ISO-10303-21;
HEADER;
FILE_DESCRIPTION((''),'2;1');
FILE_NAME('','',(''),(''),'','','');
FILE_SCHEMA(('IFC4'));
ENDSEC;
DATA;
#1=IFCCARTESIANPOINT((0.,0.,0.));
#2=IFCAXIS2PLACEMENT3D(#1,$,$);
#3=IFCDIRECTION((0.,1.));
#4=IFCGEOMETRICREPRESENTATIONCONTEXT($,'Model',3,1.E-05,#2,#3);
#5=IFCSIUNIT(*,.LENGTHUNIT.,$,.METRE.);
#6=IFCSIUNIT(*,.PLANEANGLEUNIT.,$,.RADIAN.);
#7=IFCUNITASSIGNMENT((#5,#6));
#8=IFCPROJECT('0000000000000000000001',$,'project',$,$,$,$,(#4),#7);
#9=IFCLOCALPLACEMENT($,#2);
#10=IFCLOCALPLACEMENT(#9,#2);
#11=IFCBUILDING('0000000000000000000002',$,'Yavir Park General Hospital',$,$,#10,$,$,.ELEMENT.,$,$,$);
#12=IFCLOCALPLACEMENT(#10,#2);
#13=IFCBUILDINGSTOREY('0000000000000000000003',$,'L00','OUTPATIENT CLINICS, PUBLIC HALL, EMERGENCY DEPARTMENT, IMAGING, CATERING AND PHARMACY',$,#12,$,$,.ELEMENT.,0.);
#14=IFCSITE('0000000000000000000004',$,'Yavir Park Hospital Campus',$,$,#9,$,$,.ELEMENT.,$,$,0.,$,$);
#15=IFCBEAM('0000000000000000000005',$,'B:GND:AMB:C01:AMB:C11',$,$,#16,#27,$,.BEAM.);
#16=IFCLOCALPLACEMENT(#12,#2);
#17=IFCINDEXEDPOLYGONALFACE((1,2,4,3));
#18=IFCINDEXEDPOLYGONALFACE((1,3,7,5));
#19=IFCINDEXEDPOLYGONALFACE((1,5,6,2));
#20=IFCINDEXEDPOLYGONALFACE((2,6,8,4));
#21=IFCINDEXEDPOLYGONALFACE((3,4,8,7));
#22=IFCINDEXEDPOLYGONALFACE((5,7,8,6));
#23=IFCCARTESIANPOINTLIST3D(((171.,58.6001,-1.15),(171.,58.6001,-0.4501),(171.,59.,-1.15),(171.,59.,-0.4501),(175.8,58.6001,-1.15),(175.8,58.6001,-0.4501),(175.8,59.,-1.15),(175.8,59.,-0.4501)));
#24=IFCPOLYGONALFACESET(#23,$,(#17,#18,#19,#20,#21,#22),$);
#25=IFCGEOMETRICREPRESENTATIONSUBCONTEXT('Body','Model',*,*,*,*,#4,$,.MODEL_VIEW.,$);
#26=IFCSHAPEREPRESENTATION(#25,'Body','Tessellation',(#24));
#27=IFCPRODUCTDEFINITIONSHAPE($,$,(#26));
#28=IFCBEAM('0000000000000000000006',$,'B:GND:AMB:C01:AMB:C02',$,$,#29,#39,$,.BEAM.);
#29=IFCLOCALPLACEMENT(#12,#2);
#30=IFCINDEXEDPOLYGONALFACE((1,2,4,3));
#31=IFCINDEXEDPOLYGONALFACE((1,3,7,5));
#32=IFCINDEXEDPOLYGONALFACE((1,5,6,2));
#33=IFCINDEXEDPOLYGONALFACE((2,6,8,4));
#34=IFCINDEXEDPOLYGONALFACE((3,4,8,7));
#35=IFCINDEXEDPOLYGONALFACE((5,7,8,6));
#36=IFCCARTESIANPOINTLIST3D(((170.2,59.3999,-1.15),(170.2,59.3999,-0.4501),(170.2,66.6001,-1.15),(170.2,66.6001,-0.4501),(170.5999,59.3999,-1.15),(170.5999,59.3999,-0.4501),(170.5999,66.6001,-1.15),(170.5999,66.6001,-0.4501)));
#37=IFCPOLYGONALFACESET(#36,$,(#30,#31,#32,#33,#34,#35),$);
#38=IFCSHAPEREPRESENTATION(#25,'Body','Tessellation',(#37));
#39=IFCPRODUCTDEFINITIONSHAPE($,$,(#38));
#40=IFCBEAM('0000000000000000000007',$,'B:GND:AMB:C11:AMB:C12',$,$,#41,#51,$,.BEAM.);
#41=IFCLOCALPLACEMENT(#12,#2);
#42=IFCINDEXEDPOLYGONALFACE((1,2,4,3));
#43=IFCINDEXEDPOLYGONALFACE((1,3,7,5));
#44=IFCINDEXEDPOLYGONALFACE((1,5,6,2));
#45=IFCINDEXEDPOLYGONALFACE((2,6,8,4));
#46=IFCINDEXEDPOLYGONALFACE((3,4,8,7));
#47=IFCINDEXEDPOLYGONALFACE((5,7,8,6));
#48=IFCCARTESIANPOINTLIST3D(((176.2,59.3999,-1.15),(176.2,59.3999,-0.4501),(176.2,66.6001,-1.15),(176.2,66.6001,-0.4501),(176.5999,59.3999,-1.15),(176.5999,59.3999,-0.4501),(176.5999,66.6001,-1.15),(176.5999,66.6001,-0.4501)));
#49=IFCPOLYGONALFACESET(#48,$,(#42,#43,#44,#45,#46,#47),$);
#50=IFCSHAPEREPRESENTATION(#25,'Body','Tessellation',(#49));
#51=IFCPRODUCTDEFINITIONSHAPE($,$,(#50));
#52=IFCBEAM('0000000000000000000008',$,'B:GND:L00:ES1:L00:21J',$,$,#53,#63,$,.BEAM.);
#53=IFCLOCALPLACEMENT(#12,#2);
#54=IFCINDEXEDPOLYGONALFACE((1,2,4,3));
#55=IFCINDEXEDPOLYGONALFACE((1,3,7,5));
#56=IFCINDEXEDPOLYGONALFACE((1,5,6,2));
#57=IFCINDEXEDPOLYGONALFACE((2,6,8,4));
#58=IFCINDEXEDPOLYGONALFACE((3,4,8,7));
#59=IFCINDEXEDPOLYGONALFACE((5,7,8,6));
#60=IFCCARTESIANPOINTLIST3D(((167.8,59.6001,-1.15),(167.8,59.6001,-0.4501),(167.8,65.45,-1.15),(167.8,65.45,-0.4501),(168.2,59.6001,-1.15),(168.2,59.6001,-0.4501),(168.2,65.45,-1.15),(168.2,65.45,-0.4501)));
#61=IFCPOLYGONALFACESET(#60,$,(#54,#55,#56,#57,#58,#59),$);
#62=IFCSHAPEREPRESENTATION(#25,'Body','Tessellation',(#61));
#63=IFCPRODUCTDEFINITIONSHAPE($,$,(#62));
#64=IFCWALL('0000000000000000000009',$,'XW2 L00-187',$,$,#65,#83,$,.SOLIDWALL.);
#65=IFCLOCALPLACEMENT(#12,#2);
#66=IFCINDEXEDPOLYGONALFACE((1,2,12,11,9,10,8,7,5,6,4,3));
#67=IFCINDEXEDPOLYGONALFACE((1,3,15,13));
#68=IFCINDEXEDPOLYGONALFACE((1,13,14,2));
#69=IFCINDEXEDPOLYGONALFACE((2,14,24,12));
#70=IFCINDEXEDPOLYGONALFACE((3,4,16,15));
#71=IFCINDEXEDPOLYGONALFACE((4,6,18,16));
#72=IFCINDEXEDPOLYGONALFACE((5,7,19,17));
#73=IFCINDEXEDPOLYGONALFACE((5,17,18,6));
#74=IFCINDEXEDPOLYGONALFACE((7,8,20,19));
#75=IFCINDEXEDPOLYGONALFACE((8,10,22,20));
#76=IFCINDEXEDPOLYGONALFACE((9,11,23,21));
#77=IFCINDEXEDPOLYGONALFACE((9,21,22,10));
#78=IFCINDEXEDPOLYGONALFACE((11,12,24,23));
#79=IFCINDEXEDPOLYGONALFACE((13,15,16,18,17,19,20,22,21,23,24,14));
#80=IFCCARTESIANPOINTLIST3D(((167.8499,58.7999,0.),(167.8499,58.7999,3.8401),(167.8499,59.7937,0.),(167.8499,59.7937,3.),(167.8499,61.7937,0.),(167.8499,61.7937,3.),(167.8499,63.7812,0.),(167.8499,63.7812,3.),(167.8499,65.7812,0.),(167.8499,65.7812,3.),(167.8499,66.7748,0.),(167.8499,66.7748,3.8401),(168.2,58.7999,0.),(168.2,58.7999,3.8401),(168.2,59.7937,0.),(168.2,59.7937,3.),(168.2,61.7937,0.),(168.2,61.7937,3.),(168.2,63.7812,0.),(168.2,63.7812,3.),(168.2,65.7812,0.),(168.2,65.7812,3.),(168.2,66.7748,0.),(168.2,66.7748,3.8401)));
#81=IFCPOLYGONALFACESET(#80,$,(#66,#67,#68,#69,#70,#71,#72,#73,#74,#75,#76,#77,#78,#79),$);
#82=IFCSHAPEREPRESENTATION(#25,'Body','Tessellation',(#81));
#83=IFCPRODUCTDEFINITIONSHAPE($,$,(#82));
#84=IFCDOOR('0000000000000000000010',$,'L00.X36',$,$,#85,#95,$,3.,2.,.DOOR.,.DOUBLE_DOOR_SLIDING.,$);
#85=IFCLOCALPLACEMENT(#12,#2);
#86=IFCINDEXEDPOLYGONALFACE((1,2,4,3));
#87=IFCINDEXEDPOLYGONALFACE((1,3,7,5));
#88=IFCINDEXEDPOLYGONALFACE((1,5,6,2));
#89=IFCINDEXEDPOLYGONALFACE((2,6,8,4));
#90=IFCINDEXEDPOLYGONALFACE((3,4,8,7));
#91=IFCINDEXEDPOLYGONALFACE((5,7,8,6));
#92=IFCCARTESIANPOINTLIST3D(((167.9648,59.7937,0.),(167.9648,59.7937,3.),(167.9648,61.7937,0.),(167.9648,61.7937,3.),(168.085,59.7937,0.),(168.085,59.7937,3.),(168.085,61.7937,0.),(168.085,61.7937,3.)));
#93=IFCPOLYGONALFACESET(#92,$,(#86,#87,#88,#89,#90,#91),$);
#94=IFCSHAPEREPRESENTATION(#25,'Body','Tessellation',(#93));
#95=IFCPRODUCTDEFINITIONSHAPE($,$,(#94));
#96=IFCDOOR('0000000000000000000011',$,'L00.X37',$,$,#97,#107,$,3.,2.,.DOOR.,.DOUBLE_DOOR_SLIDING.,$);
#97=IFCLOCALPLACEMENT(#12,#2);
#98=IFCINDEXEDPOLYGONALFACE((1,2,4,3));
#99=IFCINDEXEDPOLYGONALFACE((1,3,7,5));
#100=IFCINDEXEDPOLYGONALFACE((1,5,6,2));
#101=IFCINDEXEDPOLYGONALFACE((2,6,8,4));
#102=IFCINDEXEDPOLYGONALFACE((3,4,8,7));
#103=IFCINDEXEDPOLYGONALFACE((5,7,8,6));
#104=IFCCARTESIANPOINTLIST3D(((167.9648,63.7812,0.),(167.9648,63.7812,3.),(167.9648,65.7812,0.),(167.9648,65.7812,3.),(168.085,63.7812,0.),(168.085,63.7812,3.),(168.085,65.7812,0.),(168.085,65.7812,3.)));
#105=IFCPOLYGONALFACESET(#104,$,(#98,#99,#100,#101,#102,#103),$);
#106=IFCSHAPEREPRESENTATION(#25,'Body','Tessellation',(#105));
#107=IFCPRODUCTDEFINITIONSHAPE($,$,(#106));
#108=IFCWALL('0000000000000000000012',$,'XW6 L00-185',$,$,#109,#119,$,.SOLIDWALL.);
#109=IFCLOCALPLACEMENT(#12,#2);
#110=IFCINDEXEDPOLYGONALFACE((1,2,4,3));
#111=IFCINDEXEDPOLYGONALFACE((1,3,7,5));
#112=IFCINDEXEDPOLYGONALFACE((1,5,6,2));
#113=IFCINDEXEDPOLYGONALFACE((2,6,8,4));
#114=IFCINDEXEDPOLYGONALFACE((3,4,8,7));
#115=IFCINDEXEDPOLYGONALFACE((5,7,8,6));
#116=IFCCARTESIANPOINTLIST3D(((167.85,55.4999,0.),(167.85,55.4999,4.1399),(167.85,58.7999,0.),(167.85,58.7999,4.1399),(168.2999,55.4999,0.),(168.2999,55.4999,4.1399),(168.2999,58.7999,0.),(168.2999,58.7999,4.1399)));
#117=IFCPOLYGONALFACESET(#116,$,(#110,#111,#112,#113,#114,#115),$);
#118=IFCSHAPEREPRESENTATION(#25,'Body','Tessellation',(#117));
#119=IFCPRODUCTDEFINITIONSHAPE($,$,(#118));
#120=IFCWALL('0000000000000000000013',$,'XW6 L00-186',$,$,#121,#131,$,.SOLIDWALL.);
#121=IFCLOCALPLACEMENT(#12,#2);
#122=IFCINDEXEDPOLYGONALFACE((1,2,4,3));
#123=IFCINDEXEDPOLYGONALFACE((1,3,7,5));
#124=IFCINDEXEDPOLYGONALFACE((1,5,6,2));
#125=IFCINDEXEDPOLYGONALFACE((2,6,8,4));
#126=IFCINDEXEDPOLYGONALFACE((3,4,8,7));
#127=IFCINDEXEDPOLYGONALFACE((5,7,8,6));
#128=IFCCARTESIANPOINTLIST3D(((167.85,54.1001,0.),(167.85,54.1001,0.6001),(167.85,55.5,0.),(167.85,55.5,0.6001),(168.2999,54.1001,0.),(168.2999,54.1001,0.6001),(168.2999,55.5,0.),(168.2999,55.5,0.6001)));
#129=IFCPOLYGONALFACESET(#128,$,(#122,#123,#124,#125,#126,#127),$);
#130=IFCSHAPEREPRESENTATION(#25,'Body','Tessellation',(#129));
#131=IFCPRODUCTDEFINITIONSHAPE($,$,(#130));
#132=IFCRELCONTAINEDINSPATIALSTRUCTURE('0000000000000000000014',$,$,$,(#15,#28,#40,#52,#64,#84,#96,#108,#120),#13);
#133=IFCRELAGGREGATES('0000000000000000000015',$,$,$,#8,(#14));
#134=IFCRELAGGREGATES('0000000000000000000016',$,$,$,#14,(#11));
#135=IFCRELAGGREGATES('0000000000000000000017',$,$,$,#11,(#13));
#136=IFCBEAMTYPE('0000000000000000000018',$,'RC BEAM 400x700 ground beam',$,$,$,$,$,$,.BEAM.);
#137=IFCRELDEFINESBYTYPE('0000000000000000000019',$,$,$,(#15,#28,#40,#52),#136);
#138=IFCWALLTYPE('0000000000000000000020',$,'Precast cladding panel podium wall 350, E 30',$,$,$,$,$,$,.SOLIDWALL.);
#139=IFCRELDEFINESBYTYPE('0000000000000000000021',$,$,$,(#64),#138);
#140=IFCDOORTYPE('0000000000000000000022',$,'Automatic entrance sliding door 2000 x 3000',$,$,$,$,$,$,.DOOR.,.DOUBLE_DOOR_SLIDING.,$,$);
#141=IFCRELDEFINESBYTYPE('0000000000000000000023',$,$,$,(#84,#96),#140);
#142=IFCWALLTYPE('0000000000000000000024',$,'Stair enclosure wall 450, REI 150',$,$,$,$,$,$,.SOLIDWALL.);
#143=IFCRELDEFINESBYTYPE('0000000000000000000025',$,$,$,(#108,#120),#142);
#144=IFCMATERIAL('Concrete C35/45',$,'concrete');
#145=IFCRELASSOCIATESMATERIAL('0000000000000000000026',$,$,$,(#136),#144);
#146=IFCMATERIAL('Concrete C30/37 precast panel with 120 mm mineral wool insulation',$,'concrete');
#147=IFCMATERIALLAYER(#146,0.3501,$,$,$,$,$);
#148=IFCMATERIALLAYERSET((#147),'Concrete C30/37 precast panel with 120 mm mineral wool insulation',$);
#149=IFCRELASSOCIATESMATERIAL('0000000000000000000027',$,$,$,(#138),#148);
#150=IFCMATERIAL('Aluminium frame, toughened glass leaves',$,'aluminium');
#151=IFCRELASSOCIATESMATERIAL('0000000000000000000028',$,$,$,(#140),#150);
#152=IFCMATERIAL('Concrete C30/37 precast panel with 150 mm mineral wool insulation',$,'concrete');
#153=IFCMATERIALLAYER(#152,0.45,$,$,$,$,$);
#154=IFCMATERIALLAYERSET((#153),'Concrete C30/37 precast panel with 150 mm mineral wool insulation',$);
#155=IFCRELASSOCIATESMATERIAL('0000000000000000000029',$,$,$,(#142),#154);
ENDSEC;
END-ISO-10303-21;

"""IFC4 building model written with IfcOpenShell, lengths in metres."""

from ifc_helpers import new_model, si_unit, direction, frame, frame_2d, origin, origin_2d, place, context, subcontext, project, spatial, rectangle, extrude, material, layer, layer_set, material_profile, profile_set, type_object, element, fill, save


model = new_model("IFC4")

# Units and contexts
model_context = context("Model", 3, precision=1e-05, world=origin(), true_north=direction((0.0, 1.0)))
body_context = subcontext(model_context, "Body", "Model", "MODEL_VIEW")
ifc_project = project(units=[si_unit("LENGTHUNIT", "METRE"), si_unit("PLANEANGLEUNIT", "RADIAN")], contexts=[model_context])

# Site, building, storey
site_placement = place(None, origin())
site = spatial("IfcSite", under=ifc_project, at=site_placement, Name="Yavir Park Hospital Campus", CompositionType="ELEMENT", RefElevation=0.0)
building_placement = place(site_placement, origin())
building = spatial("IfcBuilding", under=site, at=building_placement, Name="Yavir Park General Hospital", CompositionType="ELEMENT")
storey_placement = place(building_placement, origin())
storey = spatial("IfcBuildingStorey", under=building, at=storey_placement, Name="L00", Description="OUTPATIENT CLINICS, PUBLIC HALL, EMERGENCY DEPARTMENT, IMAGING, CATERING AND PHARMACY", CompositionType="ELEMENT", Elevation=0.0)

# Beams
ifc_material_1 = material(Name="Concrete C35/45", Category="concrete")
ifc_material_profile_1 = material_profile(ifc_material_1, rectangle(XDim=0.3999, YDim=0.7, at=origin_2d()), Name="RC400x700")
ifc_profile_set_1 = profile_set([ifc_material_profile_1], Name="Concrete C35/45")
beam_type_1 = type_object("IfcBeamType", Name="RC BEAM 400x700 ground beam", PredefinedType="BEAM", material=ifc_profile_set_1)
beam_1_placement = place(storey_placement, frame((171.0, 58.8, -0.8), z_axis=(1.0, 0.0, 0.0), x_axis=(0.0, 1.0, 0.0)))
element("IfcBeam", 1, at=beam_1_placement, inside=storey, type_object=beam_type_1, Name="B:GND:AMB:C01:AMB:C11", PredefinedType="BEAM", context=body_context, shape_type="SweptSolid", body=[
    extrude(rectangle(XDim=0.3999, YDim=0.7, at=origin_2d()), origin(), (0.0, 0.0, 1.0), 4.8),
])
for number, where, z_axis, x_axis, name in (
    (2, (170.3999, 59.3999, -0.8), (0.0, 1.0, 0.0), (-1.0, 0.0, 0.0), "B:GND:AMB:C01:AMB:C02"),
    (3, (176.3999, 59.3999, -0.8), (0.0, 1.0, 0.0), (-1.0, 0.0, 0.0), "B:GND:AMB:C11:AMB:C12"),
):
    element("IfcBeam", number, at=place(storey_placement, frame(where, z_axis=z_axis, x_axis=x_axis)), inside=storey, type_object=beam_type_1, Name=name, PredefinedType="BEAM", context=body_context, shape_type="SweptSolid", body=[
        extrude(rectangle(XDim=0.3999, YDim=0.7, at=origin_2d()), origin(), (0.0, 0.0, 1.0), 7.2002),
    ])
beam_2_placement = place(storey_placement, frame((168.0, 59.6001, -0.8), z_axis=(0.0, 1.0, 0.0), x_axis=(-1.0, 0.0, 0.0)))
element("IfcBeam", 4, at=beam_2_placement, inside=storey, type_object=beam_type_1, Name="B:GND:L00:ES1:L00:21J", PredefinedType="BEAM", context=body_context, shape_type="SweptSolid", body=[
    extrude(rectangle(XDim=0.3999, YDim=0.7, at=origin_2d()), origin(), (0.0, 0.0, 1.0), 5.8499),
])

# Wall, openings, doors
ifc_material_2 = material(Name="Concrete C30/37 precast panel with 120 mm mineral wool insulation", Category="concrete")
ifc_layer_1 = layer(ifc_material_2, 0.3501)
ifc_layer_set_1 = layer_set([ifc_layer_1], Name="Concrete C30/37 precast panel with 120 mm mineral wool insulation")
wall_type_1 = type_object("IfcWallType", Name="Precast cladding panel podium wall 350, E 30", PredefinedType="SOLIDWALL", material=ifc_layer_set_1)
wall_1_placement = place(storey_placement, frame((168.0249, 58.8, 0.0), z_axis=(0.0, 0.0, 1.0), x_axis=(0.0, 1.0, 0.0)))
wall_1 = element("IfcWall", 5, at=wall_1_placement, inside=storey, type_object=wall_type_1, Name="XW2 L00-187", PredefinedType="SOLIDWALL", context=body_context, shape_type="SweptSolid", body=[
    extrude(rectangle(XDim=7.9749, YDim=0.3501, at=frame_2d((3.9873, 0.0))), origin(), (0.0, 0.0, 1.0), 3.8401),
])
opening_1_placement = place(wall_1_placement, frame((0.9937, 0.0, 0.0)))
opening_1 = element("IfcOpeningElement", 6, at=opening_1_placement, cuts=wall_1, PredefinedType="OPENING", context=body_context, shape_type="SweptSolid", body=[
    extrude(rectangle(XDim=2.0, YDim=3.0, at=frame_2d((1.0, 1.5))), frame((0.0, 0.1851, 0.0), z_axis=(0.0, -1.0, 0.0), x_axis=(1.0, 0.0, 0.0)), (0.0, 0.0, 1.0), 0.3701),
])
opening_2_placement = place(wall_1_placement, frame((4.9812, 0.0, 0.0)))
opening_2 = element("IfcOpeningElement", 7, at=opening_2_placement, cuts=wall_1, PredefinedType="OPENING", context=body_context, shape_type="SweptSolid", body=[
    extrude(rectangle(XDim=2.0, YDim=3.0, at=frame_2d((1.0, 1.5))), frame((0.0, 0.1851, 0.0), z_axis=(0.0, -1.0, 0.0), x_axis=(1.0, 0.0, 0.0)), (0.0, 0.0, 1.0), 0.3701),
])
ifc_material_3 = material(Name="Aluminium frame, toughened glass leaves", Category="aluminium")
door_type = type_object("IfcDoorType", Name="Automatic entrance sliding door 2000 x 3000", OperationType="DOUBLE_DOOR_SLIDING", PredefinedType="DOOR", material=ifc_material_3)
door_1_placement = place(opening_1_placement, frame((2.0, 0.0, 0.0), x_axis=(-1.0, 0.0, 0.0)))
door_1 = element("IfcDoor", 8, at=door_1_placement, inside=storey, type_object=door_type, Name="L00.X36", OperationType="DOUBLE_DOOR_SLIDING", OverallHeight=3.0, OverallWidth=2.0, PredefinedType="DOOR", context=body_context, shape_type="SweptSolid", body=[
    extrude(rectangle(XDim=2.0, YDim=3.0, at=frame_2d((1.0, 1.5))), frame((0.0, 0.0601, 0.0), z_axis=(0.0, -1.0, 0.0), x_axis=(1.0, 0.0, 0.0)), (0.0, 0.0, 1.0), 0.1201),
])
fill(opening_1, door_1)
door_2_placement = place(opening_2_placement, frame((2.0, 0.0, 0.0), x_axis=(-1.0, 0.0, 0.0)))
door_2 = element("IfcDoor", 9, at=door_2_placement, inside=storey, type_object=door_type, Name="L00.X37", OperationType="DOUBLE_DOOR_SLIDING", OverallHeight=3.0, OverallWidth=2.0, PredefinedType="DOOR", context=body_context, shape_type="SweptSolid", body=[
    extrude(rectangle(XDim=2.0, YDim=3.0, at=frame_2d((1.0, 1.5))), frame((0.0, 0.0601, 0.0), z_axis=(0.0, -1.0, 0.0), x_axis=(1.0, 0.0, 0.0)), (0.0, 0.0, 1.0), 0.1201),
])
fill(opening_2, door_2)

# Walls
ifc_material_4 = material(Name="Concrete C30/37 precast panel with 150 mm mineral wool insulation", Category="concrete")
ifc_layer_2 = layer(ifc_material_4, 0.45)
ifc_layer_set_2 = layer_set([ifc_layer_2], Name="Concrete C30/37 precast panel with 150 mm mineral wool insulation")
wall_type_2 = type_object("IfcWallType", Name="Stair enclosure wall 450, REI 150", PredefinedType="SOLIDWALL", material=ifc_layer_set_2)
wall_2_placement = place(storey_placement, frame((168.075, 55.5, 0.0), z_axis=(0.0, 0.0, 1.0), x_axis=(0.0, 1.0, 0.0)))
element("IfcWall", 10, at=wall_2_placement, inside=storey, type_object=wall_type_2, Name="XW6 L00-185", PredefinedType="SOLIDWALL", context=body_context, shape_type="SweptSolid", body=[
    extrude(rectangle(XDim=3.3, YDim=0.45, at=frame_2d((1.6499, 0.0))), origin(), (0.0, 0.0, 1.0), 4.1399),
])
wall_3_placement = place(storey_placement, frame((168.075, 54.1001, 0.0), z_axis=(0.0, 0.0, 1.0), x_axis=(0.0, 1.0, 0.0)))
element("IfcWall", 11, at=wall_3_placement, inside=storey, type_object=wall_type_2, Name="XW6 L00-186", PredefinedType="SOLIDWALL", context=body_context, shape_type="SweptSolid", body=[
    extrude(rectangle(XDim=1.3999, YDim=0.45, at=frame_2d((0.7, 0.0))), origin(), (0.0, 0.0, 1.0), 0.6001),
])

save(model, "model.ifc")
